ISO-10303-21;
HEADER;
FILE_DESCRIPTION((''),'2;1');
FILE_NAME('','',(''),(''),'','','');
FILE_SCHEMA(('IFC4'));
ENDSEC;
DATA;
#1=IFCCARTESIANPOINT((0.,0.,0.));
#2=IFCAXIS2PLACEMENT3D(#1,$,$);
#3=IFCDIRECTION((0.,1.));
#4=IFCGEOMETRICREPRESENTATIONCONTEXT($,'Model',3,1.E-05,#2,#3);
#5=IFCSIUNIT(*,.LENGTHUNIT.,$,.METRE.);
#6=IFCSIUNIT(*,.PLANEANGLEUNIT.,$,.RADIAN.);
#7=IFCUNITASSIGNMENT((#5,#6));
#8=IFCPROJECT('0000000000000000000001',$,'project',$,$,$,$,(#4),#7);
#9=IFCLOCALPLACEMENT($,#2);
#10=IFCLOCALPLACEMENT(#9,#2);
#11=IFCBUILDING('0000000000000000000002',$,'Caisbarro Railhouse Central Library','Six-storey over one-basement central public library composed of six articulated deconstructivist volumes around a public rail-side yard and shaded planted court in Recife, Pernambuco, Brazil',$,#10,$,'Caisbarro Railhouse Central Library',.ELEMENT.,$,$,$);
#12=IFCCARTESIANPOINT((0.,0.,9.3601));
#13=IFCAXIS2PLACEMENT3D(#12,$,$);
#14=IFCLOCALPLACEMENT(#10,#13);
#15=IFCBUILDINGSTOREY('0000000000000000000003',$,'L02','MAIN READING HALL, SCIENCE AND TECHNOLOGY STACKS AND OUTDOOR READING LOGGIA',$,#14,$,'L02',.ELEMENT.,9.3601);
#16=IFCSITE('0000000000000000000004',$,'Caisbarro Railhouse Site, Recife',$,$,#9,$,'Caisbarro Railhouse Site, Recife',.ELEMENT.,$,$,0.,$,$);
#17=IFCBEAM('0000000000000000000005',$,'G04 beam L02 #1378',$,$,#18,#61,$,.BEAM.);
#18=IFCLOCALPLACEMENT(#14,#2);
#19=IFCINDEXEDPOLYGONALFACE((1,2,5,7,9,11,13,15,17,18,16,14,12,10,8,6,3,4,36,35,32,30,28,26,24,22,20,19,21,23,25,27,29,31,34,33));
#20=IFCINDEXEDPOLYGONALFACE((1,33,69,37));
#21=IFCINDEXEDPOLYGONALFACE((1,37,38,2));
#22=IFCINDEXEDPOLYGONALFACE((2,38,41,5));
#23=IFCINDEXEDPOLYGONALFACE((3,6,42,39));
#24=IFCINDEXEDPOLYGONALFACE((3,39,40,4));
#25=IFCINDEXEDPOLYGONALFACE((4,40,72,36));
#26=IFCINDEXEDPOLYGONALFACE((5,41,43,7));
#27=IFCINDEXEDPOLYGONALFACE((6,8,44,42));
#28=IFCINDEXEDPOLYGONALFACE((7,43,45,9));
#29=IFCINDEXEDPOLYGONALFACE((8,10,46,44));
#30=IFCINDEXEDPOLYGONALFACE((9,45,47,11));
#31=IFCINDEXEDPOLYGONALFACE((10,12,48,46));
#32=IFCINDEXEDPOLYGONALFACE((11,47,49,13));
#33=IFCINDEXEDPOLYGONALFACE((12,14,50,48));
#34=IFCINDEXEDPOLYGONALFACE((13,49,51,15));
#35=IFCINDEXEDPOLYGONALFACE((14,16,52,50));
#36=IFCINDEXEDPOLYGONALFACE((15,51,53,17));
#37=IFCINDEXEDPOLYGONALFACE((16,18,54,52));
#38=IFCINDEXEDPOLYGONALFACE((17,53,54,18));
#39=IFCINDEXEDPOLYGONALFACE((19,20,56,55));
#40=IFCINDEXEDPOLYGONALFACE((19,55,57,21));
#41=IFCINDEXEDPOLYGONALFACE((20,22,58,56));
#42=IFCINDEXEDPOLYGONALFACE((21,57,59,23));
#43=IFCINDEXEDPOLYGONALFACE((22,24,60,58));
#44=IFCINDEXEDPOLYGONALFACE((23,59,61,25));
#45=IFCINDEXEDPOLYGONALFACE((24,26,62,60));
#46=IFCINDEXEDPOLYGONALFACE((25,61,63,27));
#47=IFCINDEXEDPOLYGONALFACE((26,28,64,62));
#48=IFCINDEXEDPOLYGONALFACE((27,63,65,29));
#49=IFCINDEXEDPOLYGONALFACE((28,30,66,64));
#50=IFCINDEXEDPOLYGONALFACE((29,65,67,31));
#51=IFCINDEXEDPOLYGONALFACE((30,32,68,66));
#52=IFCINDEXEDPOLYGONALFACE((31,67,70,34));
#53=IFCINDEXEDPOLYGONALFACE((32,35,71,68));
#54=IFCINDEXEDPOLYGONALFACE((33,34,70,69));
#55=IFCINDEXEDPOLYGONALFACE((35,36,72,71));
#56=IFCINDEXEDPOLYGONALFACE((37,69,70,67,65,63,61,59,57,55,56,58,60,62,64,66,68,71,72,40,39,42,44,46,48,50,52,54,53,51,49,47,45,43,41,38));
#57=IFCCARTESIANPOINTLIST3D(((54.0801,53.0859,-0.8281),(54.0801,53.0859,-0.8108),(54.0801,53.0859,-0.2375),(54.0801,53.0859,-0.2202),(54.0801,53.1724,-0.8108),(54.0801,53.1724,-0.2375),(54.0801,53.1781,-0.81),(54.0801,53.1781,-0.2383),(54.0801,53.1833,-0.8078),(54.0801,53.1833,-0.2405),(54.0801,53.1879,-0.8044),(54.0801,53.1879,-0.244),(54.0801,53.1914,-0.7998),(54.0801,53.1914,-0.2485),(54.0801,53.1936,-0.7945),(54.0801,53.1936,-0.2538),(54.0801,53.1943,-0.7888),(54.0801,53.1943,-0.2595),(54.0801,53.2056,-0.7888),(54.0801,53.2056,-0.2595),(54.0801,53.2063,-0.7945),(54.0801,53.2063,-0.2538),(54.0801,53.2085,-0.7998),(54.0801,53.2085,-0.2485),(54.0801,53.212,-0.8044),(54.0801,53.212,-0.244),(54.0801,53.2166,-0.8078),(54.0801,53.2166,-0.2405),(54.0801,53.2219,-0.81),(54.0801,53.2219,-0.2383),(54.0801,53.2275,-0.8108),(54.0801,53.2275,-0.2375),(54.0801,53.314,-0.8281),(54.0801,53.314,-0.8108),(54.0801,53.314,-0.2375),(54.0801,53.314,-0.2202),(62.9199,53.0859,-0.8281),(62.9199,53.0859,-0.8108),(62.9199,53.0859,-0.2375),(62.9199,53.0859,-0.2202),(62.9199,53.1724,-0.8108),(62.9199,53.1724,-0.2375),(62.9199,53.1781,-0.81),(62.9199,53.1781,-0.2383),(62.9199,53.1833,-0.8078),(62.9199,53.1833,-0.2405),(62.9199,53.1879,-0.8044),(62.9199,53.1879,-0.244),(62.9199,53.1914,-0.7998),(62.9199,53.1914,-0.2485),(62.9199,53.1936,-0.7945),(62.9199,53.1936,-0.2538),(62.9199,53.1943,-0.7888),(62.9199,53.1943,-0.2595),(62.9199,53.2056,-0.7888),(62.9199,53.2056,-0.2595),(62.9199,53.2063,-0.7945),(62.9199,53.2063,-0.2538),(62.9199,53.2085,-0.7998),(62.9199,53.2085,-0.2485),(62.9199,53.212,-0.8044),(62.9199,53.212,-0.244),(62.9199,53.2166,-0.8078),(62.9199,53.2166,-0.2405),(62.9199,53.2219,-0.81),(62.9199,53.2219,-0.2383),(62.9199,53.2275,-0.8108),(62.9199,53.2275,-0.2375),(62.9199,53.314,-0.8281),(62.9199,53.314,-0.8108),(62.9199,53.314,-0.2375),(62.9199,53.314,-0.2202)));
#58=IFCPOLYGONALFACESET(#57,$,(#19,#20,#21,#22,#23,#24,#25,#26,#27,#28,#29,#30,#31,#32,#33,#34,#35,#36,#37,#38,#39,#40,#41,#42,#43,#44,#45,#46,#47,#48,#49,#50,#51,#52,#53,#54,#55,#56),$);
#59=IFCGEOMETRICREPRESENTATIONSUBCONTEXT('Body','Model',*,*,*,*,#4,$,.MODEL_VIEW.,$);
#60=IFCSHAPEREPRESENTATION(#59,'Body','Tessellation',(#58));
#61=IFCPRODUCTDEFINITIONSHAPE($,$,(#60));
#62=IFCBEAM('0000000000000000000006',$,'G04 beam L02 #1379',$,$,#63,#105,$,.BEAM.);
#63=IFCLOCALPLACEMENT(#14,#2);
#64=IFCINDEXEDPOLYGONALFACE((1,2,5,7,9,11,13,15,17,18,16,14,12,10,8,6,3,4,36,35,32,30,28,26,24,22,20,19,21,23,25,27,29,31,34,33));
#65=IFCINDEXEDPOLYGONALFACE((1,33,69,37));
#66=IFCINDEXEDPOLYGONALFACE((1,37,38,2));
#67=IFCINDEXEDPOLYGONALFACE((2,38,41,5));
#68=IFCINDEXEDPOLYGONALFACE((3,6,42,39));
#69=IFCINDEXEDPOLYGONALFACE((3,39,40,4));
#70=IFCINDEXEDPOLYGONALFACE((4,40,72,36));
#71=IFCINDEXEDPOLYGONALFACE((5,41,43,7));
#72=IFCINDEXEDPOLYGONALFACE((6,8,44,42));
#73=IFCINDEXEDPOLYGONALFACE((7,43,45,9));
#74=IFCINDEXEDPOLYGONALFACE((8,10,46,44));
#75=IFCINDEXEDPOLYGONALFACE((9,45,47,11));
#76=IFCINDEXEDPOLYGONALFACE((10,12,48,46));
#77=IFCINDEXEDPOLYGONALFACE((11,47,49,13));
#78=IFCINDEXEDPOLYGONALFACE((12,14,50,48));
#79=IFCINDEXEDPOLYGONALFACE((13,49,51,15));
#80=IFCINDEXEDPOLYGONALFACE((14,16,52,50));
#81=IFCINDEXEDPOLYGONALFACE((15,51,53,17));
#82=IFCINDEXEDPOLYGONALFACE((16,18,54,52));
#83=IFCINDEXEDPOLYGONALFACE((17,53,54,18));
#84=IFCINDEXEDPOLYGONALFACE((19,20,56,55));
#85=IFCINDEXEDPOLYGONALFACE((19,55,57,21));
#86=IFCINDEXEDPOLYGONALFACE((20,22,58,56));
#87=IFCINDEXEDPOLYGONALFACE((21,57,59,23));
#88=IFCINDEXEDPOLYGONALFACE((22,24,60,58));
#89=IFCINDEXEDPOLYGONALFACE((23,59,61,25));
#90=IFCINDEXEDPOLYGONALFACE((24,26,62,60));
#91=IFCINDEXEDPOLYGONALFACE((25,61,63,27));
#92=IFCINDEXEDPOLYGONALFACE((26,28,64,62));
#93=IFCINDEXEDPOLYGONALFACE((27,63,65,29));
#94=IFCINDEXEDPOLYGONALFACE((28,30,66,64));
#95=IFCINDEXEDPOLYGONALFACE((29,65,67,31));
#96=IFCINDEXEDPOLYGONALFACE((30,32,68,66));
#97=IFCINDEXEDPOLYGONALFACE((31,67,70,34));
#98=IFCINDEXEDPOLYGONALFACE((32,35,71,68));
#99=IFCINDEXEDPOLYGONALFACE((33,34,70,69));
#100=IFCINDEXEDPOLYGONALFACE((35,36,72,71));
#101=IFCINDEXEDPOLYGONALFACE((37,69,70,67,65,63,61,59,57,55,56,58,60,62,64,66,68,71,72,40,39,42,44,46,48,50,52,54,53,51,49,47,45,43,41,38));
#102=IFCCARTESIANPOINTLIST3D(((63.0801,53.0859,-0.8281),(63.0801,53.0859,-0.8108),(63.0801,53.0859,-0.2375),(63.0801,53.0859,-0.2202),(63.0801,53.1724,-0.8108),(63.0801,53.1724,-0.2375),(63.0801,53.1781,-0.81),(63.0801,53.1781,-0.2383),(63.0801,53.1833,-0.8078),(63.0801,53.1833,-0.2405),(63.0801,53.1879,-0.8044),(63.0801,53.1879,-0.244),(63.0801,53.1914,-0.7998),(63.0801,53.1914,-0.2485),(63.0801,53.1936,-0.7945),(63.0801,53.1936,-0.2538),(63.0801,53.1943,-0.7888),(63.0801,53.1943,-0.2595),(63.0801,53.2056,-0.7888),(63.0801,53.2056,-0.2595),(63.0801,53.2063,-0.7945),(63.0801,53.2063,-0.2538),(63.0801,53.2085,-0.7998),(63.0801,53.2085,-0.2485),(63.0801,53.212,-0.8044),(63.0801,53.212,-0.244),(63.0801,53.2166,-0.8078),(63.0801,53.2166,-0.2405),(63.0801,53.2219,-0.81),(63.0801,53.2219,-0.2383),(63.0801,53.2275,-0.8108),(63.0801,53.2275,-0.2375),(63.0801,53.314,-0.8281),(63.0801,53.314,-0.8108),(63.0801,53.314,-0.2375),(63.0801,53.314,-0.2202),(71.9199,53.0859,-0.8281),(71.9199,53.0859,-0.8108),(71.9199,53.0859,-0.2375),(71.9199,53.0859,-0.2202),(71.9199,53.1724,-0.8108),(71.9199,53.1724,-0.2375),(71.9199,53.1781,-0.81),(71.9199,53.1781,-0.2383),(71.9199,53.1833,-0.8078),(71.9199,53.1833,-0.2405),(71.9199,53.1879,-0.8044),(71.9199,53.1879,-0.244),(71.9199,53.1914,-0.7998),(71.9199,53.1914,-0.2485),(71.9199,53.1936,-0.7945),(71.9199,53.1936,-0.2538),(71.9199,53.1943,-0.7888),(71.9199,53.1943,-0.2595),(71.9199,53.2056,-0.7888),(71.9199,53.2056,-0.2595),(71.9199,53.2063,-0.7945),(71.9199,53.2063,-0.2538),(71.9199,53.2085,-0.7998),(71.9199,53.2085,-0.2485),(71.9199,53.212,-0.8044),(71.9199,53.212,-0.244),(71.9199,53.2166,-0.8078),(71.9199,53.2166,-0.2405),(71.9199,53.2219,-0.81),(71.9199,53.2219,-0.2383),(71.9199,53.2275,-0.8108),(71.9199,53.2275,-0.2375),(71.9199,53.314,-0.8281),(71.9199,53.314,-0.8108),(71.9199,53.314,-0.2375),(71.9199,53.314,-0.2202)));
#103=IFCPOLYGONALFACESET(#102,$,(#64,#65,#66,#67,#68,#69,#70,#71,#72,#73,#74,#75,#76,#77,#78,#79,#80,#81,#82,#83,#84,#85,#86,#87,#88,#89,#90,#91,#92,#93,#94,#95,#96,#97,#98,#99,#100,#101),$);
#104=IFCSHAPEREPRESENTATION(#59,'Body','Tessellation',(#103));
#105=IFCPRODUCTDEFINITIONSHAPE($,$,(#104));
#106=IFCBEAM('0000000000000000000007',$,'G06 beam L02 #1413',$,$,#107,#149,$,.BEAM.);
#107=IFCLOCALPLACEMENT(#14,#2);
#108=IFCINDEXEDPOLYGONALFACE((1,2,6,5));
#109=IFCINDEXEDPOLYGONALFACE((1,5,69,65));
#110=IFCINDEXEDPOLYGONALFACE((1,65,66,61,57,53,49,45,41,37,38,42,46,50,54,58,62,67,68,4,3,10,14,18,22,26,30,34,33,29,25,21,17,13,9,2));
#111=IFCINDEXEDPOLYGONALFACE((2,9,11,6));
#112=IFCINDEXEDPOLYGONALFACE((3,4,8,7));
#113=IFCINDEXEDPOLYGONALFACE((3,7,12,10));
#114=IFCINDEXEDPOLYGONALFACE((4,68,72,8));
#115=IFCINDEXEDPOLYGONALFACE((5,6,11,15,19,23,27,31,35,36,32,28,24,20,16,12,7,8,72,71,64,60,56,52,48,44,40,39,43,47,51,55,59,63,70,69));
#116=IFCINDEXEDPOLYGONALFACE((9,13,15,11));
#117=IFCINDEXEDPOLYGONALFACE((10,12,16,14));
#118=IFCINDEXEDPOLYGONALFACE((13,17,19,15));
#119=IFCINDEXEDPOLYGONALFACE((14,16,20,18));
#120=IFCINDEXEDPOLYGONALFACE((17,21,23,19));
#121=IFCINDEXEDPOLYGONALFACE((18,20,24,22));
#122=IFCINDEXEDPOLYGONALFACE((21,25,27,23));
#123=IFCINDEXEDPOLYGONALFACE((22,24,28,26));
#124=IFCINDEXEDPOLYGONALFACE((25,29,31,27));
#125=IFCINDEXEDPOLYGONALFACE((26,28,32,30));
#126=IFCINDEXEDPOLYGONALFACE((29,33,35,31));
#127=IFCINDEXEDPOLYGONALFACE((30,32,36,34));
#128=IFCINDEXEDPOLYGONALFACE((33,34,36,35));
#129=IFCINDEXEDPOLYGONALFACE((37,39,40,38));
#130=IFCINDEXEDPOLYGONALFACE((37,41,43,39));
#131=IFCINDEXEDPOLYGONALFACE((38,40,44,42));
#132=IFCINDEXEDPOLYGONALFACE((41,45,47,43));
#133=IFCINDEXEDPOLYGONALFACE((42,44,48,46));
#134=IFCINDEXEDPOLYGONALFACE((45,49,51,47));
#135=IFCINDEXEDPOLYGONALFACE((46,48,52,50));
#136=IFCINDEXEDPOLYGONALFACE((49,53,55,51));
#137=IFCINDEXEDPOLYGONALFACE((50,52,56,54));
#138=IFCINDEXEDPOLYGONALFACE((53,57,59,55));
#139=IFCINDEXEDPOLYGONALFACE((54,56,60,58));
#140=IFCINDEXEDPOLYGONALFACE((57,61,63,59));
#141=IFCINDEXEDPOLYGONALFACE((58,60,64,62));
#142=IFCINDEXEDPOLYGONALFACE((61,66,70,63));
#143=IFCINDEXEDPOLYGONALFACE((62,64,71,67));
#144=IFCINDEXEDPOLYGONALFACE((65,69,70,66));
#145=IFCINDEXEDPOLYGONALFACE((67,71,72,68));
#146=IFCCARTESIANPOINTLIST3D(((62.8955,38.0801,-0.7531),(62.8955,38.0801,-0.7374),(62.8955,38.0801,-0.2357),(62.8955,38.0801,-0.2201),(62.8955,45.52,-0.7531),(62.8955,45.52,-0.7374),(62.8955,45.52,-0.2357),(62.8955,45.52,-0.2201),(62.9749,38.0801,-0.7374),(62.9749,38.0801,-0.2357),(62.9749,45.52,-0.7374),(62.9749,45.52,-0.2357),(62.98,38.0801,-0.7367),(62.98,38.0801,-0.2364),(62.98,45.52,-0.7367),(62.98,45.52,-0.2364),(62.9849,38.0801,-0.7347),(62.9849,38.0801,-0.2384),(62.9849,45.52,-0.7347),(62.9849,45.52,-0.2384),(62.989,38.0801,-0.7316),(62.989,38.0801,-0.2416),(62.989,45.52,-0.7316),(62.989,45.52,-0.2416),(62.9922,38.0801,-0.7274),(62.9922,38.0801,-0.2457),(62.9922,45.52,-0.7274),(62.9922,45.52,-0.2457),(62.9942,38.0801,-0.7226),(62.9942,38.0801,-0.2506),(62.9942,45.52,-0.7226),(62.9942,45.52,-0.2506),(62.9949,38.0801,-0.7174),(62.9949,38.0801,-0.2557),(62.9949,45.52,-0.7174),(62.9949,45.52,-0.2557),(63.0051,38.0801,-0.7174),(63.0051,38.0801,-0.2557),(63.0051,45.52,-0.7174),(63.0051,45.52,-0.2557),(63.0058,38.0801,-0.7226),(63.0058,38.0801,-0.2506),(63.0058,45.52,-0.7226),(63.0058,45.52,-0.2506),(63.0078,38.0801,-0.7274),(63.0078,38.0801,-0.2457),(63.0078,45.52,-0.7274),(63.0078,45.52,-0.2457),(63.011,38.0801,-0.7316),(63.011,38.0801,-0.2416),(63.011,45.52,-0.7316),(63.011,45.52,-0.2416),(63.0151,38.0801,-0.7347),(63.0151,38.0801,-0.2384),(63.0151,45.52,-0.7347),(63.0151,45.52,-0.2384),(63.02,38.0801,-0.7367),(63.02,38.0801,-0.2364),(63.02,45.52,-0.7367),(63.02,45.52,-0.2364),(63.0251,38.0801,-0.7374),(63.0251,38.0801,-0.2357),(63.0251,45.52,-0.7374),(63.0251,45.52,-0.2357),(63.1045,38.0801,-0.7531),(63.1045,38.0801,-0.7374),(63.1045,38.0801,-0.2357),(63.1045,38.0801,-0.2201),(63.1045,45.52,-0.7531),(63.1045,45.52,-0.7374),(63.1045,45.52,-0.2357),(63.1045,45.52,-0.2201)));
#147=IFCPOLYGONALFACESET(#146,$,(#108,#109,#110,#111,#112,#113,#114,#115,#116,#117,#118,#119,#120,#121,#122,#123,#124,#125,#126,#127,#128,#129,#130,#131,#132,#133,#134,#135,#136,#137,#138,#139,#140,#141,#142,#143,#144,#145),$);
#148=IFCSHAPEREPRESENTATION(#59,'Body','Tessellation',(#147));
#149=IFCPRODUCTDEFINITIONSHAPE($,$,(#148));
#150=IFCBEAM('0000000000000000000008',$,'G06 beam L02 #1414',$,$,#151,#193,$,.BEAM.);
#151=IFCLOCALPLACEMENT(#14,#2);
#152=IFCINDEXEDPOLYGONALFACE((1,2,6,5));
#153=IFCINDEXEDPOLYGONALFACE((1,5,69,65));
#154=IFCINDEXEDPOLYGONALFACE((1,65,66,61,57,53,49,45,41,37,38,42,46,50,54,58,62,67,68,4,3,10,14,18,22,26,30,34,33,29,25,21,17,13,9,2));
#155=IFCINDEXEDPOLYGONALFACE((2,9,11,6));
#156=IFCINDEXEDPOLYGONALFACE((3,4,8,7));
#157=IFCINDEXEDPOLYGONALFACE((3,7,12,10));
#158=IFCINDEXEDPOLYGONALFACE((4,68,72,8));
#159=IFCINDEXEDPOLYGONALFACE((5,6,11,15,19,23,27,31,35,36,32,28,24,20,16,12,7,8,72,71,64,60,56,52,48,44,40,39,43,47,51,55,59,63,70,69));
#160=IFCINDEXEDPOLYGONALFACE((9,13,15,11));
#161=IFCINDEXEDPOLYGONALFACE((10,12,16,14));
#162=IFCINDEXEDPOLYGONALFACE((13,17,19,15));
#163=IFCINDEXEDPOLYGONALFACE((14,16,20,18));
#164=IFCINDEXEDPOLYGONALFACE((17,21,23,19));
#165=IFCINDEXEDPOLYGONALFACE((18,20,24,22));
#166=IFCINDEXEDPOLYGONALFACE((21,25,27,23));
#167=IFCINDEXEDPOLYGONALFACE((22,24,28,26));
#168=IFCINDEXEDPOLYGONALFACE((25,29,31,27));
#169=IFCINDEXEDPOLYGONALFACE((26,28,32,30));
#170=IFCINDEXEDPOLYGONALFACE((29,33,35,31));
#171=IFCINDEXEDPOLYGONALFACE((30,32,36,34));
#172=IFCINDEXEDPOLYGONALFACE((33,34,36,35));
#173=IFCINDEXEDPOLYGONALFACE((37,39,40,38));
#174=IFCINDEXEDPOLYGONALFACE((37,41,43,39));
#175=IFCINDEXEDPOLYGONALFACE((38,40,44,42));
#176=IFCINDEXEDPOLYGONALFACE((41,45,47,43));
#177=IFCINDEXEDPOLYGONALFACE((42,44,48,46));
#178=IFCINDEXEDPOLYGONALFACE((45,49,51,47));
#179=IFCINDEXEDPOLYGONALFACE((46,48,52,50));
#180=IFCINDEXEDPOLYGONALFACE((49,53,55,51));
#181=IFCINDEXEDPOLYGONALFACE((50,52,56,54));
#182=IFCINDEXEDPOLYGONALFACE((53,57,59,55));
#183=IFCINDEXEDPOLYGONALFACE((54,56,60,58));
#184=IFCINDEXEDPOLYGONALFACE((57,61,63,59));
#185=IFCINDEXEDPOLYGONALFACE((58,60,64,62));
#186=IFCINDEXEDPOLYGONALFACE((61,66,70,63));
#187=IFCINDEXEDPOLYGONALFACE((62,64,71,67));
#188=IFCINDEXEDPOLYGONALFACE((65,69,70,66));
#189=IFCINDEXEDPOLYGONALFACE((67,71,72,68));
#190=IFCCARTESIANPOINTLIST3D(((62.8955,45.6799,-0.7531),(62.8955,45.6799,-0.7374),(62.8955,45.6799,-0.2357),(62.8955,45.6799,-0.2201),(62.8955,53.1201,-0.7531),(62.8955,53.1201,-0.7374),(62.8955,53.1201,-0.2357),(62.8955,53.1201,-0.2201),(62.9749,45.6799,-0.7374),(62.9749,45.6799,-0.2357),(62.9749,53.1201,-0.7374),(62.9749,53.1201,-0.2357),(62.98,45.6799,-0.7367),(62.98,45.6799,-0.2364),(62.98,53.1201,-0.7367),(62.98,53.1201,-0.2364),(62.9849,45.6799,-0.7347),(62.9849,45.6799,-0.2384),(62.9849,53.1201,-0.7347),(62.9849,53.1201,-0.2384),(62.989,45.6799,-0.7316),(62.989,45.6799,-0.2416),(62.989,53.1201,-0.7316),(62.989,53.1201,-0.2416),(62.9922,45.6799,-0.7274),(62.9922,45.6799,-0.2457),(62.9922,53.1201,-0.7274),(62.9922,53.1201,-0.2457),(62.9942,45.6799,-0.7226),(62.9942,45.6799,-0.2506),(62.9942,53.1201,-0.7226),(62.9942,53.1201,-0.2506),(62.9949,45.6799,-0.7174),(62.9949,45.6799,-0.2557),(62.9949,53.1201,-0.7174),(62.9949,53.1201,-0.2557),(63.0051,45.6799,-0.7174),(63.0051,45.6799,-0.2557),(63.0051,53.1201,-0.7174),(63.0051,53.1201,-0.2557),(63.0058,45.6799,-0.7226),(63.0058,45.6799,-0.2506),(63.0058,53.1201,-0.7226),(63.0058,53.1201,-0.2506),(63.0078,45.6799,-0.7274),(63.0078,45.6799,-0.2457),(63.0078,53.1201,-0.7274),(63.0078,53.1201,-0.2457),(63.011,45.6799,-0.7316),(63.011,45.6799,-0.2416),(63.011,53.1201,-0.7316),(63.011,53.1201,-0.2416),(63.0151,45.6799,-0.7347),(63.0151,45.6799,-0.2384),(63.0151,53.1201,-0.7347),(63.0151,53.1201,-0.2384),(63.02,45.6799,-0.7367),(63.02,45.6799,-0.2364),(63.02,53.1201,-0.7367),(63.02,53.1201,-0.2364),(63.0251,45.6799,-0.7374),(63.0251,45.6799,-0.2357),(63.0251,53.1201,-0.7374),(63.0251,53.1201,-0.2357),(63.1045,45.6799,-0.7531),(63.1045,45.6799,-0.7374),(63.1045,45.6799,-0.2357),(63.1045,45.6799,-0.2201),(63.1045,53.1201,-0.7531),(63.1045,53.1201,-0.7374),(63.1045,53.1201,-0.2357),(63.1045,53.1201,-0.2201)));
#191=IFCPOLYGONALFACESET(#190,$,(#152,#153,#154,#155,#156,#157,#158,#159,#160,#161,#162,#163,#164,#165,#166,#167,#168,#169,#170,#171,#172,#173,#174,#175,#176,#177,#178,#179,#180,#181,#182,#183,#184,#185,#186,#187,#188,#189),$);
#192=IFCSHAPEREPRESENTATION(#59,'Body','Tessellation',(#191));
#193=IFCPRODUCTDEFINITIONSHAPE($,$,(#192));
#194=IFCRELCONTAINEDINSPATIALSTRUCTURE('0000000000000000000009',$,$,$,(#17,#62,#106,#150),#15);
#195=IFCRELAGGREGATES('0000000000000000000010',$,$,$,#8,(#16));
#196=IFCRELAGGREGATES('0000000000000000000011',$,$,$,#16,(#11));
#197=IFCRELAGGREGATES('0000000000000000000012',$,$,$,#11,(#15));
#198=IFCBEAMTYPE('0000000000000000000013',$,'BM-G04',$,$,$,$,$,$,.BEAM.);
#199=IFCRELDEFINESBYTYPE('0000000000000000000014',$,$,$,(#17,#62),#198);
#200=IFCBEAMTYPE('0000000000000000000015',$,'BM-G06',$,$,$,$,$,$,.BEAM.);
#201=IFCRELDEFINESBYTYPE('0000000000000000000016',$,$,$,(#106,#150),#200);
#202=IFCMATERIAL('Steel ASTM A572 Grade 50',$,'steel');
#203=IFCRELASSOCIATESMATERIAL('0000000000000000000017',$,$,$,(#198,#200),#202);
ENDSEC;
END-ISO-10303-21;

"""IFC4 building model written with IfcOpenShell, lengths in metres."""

from ifc_helpers import new_model, si_unit, direction, frame, origin, origin_2d, place, context, subcontext, project, spatial, i_section, extrude, material, material_profile, profile_set, type_object, element, save


model = new_model("IFC4")

# Units and contexts
model_context = context("Model", 3, precision=1e-05, world=origin(), true_north=direction((0.0, 1.0)))
body_context = subcontext(model_context, "Body", "Model", "MODEL_VIEW")
ifc_project = project(units=[si_unit("LENGTHUNIT", "METRE"), si_unit("PLANEANGLEUNIT", "RADIAN")], contexts=[model_context])

# Site, building, storey
site_placement = place(None, origin())
site = spatial("IfcSite", under=ifc_project, at=site_placement, Name="Caisbarro Railhouse Site, Recife", LongName="Caisbarro Railhouse Site, Recife", CompositionType="ELEMENT", RefElevation=0.0)
building_placement = place(site_placement, origin())
building = spatial("IfcBuilding", under=site, at=building_placement, Name="Caisbarro Railhouse Central Library", Description="Six-storey over one-basement central public library composed of six articulated deconstructivist volumes around a public rail-side yard and shaded planted court in Recife, Pernambuco, Brazil", LongName="Caisbarro Railhouse Central Library", CompositionType="ELEMENT")
storey_placement = place(building_placement, frame((0.0, 0.0, 9.3601)))
storey = spatial("IfcBuildingStorey", under=building, at=storey_placement, Name="L02", Description="MAIN READING HALL, SCIENCE AND TECHNOLOGY STACKS AND OUTDOOR READING LOGGIA", LongName="L02", CompositionType="ELEMENT", Elevation=9.3601)

# Beams
ifc_material_1 = material(Name="Steel ASTM A572 Grade 50", Category="steel")
ifc_material_profile_1 = material_profile(ifc_material_1, i_section(OverallWidth=0.228, OverallDepth=0.6079, WebThickness=0.0112, FlangeThickness=0.0173, FilletRadius=0.022, at=origin_2d()), Name="W610X113.0")
ifc_profile_set_1 = profile_set([ifc_material_profile_1], Name="Steel ASTM A572 Grade 50")
beam_type_1 = type_object("IfcBeamType", Name="BM-G04", PredefinedType="BEAM", material=ifc_profile_set_1)
for number, where, z_axis, x_axis, name in (
    (1, (54.0801, 53.2, -0.5242), (1.0, 0.0, 0.0), (0.0, 1.0, 0.0), "G04 beam L02 #1378"),
    (2, (63.0801, 53.2, -0.5242), (1.0, 0.0, 0.0), (0.0, 1.0, 0.0), "G04 beam L02 #1379"),
):
    element("IfcBeam", number, at=place(storey_placement, frame(where, z_axis=z_axis, x_axis=x_axis)), inside=storey, type_object=beam_type_1, Name=name, PredefinedType="BEAM", context=body_context, shape_type="SweptSolid", body=[
        extrude(i_section(OverallWidth=0.228, OverallDepth=0.6079, WebThickness=0.0112, FlangeThickness=0.0173, FilletRadius=0.022, at=origin_2d()), origin(), (0.0, 0.0, 1.0), 8.8398),
    ])
ifc_material_profile_2 = material_profile(ifc_material_1, i_section(OverallWidth=0.209, OverallDepth=0.533, WebThickness=0.0103, FlangeThickness=0.0156, FilletRadius=0.02, at=origin_2d()), Name="W530X92.0")
ifc_profile_set_2 = profile_set([ifc_material_profile_2], Name="Steel ASTM A572 Grade 50")
beam_type_2 = type_object("IfcBeamType", Name="BM-G06", PredefinedType="BEAM", material=ifc_profile_set_2)
beam_1_placement = place(storey_placement, frame((63.0, 38.0801, -0.4866), z_axis=(0.0, 1.0, 0.0), x_axis=(-1.0, 0.0, 0.0)))
element("IfcBeam", 3, at=beam_1_placement, inside=storey, type_object=beam_type_2, Name="G06 beam L02 #1413", PredefinedType="BEAM", context=body_context, shape_type="SweptSolid", body=[
    extrude(i_section(OverallWidth=0.209, OverallDepth=0.533, WebThickness=0.0103, FlangeThickness=0.0156, FilletRadius=0.02, at=origin_2d()), origin(), (0.0, 0.0, 1.0), 7.4399),
])
beam_2_placement = place(storey_placement, frame((63.0, 45.6799, -0.4866), z_axis=(0.0, 1.0, 0.0), x_axis=(-1.0, 0.0, 0.0)))
element("IfcBeam", 4, at=beam_2_placement, inside=storey, type_object=beam_type_2, Name="G06 beam L02 #1414", PredefinedType="BEAM", context=body_context, shape_type="SweptSolid", body=[
    extrude(i_section(OverallWidth=0.209, OverallDepth=0.533, WebThickness=0.0103, FlangeThickness=0.0156, FilletRadius=0.02, at=origin_2d()), origin(), (0.0, 0.0, 1.0), 7.4402),
])

save(model, "model.ifc")
